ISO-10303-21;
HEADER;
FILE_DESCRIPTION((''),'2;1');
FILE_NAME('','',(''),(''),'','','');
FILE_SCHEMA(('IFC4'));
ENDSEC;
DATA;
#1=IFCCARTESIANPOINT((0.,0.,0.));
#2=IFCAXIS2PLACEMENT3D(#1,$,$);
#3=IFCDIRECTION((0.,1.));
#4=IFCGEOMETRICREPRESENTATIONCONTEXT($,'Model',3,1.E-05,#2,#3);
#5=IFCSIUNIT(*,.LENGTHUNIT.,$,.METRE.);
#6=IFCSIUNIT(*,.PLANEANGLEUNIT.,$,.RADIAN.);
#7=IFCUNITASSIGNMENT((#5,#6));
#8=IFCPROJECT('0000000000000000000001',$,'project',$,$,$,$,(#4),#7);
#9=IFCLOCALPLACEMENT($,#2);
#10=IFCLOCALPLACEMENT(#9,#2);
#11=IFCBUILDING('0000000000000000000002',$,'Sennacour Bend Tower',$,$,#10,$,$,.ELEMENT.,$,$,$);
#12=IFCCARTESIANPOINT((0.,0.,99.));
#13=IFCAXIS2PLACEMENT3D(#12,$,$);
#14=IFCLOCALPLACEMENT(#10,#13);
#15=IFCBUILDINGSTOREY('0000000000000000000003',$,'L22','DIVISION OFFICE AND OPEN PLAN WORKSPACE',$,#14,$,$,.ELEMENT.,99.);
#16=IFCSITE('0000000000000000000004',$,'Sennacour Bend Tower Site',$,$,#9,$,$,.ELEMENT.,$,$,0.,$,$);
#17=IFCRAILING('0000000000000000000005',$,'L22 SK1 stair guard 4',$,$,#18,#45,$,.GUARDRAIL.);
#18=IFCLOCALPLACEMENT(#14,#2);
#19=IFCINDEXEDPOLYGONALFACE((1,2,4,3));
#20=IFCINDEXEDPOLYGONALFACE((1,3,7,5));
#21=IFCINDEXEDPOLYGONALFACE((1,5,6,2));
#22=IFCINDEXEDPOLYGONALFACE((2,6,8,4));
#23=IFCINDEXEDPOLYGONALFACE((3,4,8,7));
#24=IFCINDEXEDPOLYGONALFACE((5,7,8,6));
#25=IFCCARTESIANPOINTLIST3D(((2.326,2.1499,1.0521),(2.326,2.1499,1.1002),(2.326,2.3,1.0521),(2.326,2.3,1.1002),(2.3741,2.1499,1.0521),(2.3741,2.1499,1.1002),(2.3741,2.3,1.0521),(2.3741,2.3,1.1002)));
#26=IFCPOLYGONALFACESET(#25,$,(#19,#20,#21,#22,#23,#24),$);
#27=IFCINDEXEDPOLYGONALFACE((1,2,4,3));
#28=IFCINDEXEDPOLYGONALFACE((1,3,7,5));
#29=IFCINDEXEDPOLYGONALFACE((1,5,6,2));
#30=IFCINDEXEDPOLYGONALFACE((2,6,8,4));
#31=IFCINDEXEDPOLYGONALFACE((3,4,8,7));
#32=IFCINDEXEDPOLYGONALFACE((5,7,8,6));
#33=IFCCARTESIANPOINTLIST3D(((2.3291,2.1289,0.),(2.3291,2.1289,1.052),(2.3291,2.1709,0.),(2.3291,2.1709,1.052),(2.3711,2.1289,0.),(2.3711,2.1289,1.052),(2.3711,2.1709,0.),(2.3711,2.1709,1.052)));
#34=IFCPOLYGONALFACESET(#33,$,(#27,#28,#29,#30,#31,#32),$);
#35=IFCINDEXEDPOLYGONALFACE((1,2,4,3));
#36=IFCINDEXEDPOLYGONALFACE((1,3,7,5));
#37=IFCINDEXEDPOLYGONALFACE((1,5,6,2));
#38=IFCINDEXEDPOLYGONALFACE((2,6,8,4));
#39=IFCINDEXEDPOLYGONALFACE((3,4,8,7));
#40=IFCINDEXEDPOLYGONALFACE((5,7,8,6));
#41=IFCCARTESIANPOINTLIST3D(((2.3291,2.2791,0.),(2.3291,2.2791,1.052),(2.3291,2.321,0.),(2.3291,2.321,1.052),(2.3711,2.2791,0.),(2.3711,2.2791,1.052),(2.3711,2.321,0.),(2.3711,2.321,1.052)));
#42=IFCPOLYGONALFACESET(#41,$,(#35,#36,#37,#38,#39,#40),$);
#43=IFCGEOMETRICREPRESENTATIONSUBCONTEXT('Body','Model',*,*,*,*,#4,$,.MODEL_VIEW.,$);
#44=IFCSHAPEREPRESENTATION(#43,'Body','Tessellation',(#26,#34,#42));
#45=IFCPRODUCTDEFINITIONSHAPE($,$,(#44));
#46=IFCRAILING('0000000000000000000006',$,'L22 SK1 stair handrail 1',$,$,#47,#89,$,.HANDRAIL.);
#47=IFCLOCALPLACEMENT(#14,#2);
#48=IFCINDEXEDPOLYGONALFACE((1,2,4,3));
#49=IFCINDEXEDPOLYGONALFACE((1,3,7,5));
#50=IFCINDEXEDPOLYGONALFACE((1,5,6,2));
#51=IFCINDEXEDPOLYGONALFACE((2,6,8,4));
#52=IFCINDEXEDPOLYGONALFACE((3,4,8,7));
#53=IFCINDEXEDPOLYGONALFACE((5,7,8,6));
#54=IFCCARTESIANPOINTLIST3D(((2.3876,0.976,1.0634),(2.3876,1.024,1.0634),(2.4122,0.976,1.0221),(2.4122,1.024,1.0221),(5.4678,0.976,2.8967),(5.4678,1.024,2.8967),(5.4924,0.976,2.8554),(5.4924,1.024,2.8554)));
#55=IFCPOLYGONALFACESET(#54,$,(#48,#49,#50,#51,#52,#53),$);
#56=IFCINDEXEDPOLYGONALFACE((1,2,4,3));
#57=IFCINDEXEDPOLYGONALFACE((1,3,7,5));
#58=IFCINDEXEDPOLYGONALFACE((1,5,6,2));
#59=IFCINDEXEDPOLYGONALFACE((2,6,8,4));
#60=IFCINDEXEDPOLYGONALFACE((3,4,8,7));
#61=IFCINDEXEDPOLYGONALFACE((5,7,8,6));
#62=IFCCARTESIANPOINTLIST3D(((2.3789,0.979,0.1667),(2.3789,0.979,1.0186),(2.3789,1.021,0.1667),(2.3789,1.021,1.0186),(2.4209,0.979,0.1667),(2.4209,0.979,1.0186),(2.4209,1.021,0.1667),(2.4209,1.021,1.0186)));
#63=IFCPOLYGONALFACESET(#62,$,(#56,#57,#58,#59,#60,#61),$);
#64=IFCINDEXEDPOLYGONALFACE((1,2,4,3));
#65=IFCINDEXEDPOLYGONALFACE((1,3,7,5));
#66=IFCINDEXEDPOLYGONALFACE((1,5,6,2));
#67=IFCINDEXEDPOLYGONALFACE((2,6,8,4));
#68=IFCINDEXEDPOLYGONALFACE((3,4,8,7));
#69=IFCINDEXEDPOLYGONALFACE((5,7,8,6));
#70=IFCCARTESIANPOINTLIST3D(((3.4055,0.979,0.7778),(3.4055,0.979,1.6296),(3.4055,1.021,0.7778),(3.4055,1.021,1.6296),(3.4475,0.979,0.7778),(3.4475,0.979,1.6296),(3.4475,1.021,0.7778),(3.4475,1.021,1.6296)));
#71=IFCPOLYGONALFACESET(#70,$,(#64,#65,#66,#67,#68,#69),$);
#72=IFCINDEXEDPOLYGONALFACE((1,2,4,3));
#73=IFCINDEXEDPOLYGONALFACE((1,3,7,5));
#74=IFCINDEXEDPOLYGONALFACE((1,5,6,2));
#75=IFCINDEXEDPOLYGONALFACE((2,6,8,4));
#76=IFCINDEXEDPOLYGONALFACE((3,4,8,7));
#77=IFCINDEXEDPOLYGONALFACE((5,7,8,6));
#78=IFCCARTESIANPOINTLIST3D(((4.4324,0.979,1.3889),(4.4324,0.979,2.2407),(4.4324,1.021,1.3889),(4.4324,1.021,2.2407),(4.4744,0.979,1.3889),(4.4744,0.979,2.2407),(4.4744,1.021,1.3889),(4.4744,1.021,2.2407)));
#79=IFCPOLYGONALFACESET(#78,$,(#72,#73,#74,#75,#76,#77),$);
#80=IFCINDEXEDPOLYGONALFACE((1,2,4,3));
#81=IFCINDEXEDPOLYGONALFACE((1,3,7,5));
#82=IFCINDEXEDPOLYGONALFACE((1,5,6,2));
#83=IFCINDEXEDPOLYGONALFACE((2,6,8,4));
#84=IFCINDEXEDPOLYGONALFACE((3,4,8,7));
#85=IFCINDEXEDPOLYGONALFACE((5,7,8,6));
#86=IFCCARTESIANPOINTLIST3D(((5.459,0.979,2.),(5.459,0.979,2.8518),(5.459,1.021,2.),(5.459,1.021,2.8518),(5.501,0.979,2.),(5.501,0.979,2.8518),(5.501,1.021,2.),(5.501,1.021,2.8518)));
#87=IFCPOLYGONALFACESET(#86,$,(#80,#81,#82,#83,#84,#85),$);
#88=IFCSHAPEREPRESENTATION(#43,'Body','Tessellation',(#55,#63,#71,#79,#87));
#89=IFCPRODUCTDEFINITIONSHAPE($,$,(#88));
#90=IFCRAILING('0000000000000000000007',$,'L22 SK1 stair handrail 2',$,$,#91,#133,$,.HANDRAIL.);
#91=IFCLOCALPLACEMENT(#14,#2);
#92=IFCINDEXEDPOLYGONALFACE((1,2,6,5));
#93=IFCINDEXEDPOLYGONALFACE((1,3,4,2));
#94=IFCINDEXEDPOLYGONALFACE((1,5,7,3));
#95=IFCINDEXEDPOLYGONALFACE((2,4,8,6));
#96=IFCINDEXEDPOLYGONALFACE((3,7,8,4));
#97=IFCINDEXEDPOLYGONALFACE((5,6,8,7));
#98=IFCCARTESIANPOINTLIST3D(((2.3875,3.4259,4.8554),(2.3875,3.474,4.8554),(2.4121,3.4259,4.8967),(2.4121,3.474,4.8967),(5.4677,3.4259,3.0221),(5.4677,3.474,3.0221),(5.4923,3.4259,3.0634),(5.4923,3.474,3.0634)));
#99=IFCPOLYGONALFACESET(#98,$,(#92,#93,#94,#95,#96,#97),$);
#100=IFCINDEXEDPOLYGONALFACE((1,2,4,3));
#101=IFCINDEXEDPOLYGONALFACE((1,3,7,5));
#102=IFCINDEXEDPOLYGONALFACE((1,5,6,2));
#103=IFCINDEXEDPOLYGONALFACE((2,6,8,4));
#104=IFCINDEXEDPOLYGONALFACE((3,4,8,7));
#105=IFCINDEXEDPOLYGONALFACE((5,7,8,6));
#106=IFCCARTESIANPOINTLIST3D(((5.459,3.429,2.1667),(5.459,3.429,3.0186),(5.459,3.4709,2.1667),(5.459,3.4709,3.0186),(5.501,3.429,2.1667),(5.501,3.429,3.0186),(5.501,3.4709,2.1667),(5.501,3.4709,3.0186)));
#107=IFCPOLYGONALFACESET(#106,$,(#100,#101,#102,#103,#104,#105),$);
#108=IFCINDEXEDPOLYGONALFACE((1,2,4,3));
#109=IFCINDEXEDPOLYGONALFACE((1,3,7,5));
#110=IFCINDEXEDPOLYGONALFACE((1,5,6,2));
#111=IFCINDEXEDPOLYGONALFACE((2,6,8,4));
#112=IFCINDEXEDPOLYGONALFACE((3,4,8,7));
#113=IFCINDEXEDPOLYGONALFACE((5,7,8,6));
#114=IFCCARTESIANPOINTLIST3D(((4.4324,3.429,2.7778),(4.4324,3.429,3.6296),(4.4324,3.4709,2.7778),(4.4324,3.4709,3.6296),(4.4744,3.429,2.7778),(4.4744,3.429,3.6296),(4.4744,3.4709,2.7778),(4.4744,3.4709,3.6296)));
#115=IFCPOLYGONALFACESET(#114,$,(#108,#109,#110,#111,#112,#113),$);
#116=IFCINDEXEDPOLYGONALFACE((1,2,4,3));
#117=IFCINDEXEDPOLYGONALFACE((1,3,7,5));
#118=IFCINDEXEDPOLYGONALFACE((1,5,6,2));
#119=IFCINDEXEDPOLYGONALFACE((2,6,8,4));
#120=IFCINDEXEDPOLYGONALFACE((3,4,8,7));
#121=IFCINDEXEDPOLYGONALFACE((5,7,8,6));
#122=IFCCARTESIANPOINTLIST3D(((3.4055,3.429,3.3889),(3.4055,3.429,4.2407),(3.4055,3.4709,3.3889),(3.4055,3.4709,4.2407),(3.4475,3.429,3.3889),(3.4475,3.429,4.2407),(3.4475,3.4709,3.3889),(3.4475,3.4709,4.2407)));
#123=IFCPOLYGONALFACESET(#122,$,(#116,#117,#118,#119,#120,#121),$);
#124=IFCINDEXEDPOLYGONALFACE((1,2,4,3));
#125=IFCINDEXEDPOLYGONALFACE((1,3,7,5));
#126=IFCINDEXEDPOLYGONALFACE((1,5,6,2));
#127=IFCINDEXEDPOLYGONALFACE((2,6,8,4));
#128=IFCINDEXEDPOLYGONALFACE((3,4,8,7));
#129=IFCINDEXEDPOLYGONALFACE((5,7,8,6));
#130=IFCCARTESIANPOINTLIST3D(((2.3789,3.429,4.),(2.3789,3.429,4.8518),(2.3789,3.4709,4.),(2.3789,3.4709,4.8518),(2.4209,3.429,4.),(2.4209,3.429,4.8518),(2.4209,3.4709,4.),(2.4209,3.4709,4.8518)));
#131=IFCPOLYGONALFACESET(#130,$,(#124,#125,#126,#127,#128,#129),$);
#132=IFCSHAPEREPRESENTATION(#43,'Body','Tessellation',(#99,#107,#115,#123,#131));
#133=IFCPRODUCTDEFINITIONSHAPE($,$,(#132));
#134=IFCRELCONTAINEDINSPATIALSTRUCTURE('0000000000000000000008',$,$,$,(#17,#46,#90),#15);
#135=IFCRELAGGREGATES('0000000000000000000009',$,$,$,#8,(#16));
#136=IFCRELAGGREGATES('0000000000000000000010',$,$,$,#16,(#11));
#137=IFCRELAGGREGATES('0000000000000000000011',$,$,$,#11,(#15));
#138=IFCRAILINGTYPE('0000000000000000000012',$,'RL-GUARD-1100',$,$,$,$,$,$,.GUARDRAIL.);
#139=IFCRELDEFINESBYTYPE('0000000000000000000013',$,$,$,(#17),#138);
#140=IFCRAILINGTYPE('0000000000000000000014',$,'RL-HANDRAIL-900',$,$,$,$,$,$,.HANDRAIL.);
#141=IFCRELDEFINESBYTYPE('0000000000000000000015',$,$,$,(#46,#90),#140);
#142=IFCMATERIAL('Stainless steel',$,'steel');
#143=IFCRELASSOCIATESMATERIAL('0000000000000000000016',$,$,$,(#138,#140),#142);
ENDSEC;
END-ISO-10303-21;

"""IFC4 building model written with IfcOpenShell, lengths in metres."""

from ifc_helpers import new_model, si_unit, direction, frame, origin, origin_2d, place, context, subcontext, project, spatial, rectangle, extrude, material, type_object, element, save


model = new_model("IFC4")

# Units and contexts
model_context = context("Model", 3, precision=1e-05, world=origin(), true_north=direction((0.0, 1.0)))
body_context = subcontext(model_context, "Body", "Model", "MODEL_VIEW")
ifc_project = project(units=[si_unit("LENGTHUNIT", "METRE"), si_unit("PLANEANGLEUNIT", "RADIAN")], contexts=[model_context])

# Site, building, storey
site_placement = place(None, origin())
site = spatial("IfcSite", under=ifc_project, at=site_placement, Name="Sennacour Bend Tower Site", CompositionType="ELEMENT", RefElevation=0.0)
building_placement = place(site_placement, origin())
building = spatial("IfcBuilding", under=site, at=building_placement, Name="Sennacour Bend Tower", CompositionType="ELEMENT")
storey_placement = place(building_placement, frame((0.0, 0.0, 99.0)))
storey = spatial("IfcBuildingStorey", under=building, at=storey_placement, Name="L22", Description="DIVISION OFFICE AND OPEN PLAN WORKSPACE", CompositionType="ELEMENT", Elevation=99.0)

# Railings
ifc_material_1 = material(Name="Stainless steel", Category="steel")
railing_type_1 = type_object("IfcRailingType", Name="RL-GUARD-1100", PredefinedType="GUARDRAIL", material=ifc_material_1)
railing_1_placement = place(storey_placement, frame((2.3501, 2.1499, 0.0)))
element("IfcRailing", 1, at=railing_1_placement, inside=storey, type_object=railing_type_1, Name="L22 SK1 stair guard 4", PredefinedType="GUARDRAIL", context=body_context, shape_type="SweptSolid", body=[
    extrude(rectangle(XDim=0.0481, YDim=0.0481, at=origin_2d()), frame((0.0, 0.0, 1.0762), z_axis=(0.0, 1.0, 0.0), x_axis=(-1.0, 0.0, 0.0)), (0.0, 0.0, 1.0), 0.1501),
    extrude(rectangle(XDim=0.042, YDim=0.042, at=origin_2d()), origin(), (0.0, 0.0, 1.0), 1.052),
    extrude(rectangle(XDim=0.042, YDim=0.042, at=origin_2d()), frame((0.0, 0.1501, 0.0)), (0.0, 0.0, 1.0), 1.052),
])
railing_type_2 = type_object("IfcRailingType", Name="RL-HANDRAIL-900", PredefinedType="HANDRAIL", material=ifc_material_1)
railing_2_placement = place(storey_placement, frame((2.3999, 1.0, 0.1667)))
element("IfcRailing", 2, at=railing_2_placement, inside=storey, type_object=railing_type_2, Name="L22 SK1 stair handrail 1", PredefinedType="HANDRAIL", context=body_context, shape_type="SweptSolid", body=[
    extrude(rectangle(XDim=0.0481, YDim=0.0481, at=origin_2d()), frame((0.0, 0.0, 0.876), z_axis=(0.859309, 0.0, 0.511458), x_axis=(0.0, 1.0, 0.0)), (0.0, 0.0, 1.0), 3.5845),
    extrude(rectangle(XDim=0.042, YDim=0.042, at=origin_2d()), origin(), (0.0, 0.0, 1.0), 0.8518),
    extrude(rectangle(XDim=0.042, YDim=0.042, at=origin_2d()), frame((1.0266, 0.0, 0.6111)), (0.0, 0.0, 1.0), 0.8518),
    extrude(rectangle(XDim=0.042, YDim=0.042, at=origin_2d()), frame((2.0535, 0.0, 1.2222)), (0.0, 0.0, 1.0), 0.8518),
    extrude(rectangle(XDim=0.042, YDim=0.042, at=origin_2d()), frame((3.0801, 0.0, 1.8333)), (0.0, 0.0, 1.0), 0.8518),
])
railing_3_placement = place(storey_placement, frame((5.48, 3.45, 2.1667)))
element("IfcRailing", 3, at=railing_3_placement, inside=storey, type_object=railing_type_2, Name="L22 SK1 stair handrail 2", PredefinedType="HANDRAIL", context=body_context, shape_type="SweptSolid", body=[
    extrude(rectangle(XDim=0.0481, YDim=0.0481, at=origin_2d()), frame((0.0, 0.0, 0.876), z_axis=(-0.859309, 0.0, 0.511458), x_axis=(0.0, -1.0, 0.0)), (0.0, 0.0, 1.0), 3.5845),
    extrude(rectangle(XDim=0.042, YDim=0.042, at=origin_2d()), origin(), (0.0, 0.0, 1.0), 0.8518),
    extrude(rectangle(XDim=0.042, YDim=0.042, at=origin_2d()), frame((-1.0266, 0.0, 0.6111)), (0.0, 0.0, 1.0), 0.8518),
    extrude(rectangle(XDim=0.042, YDim=0.042, at=origin_2d()), frame((-2.0535, 0.0, 1.2222)), (0.0, 0.0, 1.0), 0.8518),
    extrude(rectangle(XDim=0.042, YDim=0.042, at=origin_2d()), frame((-3.0801, 0.0, 1.8333)), (0.0, 0.0, 1.0), 0.8518),
])

save(model, "model.ifc")
